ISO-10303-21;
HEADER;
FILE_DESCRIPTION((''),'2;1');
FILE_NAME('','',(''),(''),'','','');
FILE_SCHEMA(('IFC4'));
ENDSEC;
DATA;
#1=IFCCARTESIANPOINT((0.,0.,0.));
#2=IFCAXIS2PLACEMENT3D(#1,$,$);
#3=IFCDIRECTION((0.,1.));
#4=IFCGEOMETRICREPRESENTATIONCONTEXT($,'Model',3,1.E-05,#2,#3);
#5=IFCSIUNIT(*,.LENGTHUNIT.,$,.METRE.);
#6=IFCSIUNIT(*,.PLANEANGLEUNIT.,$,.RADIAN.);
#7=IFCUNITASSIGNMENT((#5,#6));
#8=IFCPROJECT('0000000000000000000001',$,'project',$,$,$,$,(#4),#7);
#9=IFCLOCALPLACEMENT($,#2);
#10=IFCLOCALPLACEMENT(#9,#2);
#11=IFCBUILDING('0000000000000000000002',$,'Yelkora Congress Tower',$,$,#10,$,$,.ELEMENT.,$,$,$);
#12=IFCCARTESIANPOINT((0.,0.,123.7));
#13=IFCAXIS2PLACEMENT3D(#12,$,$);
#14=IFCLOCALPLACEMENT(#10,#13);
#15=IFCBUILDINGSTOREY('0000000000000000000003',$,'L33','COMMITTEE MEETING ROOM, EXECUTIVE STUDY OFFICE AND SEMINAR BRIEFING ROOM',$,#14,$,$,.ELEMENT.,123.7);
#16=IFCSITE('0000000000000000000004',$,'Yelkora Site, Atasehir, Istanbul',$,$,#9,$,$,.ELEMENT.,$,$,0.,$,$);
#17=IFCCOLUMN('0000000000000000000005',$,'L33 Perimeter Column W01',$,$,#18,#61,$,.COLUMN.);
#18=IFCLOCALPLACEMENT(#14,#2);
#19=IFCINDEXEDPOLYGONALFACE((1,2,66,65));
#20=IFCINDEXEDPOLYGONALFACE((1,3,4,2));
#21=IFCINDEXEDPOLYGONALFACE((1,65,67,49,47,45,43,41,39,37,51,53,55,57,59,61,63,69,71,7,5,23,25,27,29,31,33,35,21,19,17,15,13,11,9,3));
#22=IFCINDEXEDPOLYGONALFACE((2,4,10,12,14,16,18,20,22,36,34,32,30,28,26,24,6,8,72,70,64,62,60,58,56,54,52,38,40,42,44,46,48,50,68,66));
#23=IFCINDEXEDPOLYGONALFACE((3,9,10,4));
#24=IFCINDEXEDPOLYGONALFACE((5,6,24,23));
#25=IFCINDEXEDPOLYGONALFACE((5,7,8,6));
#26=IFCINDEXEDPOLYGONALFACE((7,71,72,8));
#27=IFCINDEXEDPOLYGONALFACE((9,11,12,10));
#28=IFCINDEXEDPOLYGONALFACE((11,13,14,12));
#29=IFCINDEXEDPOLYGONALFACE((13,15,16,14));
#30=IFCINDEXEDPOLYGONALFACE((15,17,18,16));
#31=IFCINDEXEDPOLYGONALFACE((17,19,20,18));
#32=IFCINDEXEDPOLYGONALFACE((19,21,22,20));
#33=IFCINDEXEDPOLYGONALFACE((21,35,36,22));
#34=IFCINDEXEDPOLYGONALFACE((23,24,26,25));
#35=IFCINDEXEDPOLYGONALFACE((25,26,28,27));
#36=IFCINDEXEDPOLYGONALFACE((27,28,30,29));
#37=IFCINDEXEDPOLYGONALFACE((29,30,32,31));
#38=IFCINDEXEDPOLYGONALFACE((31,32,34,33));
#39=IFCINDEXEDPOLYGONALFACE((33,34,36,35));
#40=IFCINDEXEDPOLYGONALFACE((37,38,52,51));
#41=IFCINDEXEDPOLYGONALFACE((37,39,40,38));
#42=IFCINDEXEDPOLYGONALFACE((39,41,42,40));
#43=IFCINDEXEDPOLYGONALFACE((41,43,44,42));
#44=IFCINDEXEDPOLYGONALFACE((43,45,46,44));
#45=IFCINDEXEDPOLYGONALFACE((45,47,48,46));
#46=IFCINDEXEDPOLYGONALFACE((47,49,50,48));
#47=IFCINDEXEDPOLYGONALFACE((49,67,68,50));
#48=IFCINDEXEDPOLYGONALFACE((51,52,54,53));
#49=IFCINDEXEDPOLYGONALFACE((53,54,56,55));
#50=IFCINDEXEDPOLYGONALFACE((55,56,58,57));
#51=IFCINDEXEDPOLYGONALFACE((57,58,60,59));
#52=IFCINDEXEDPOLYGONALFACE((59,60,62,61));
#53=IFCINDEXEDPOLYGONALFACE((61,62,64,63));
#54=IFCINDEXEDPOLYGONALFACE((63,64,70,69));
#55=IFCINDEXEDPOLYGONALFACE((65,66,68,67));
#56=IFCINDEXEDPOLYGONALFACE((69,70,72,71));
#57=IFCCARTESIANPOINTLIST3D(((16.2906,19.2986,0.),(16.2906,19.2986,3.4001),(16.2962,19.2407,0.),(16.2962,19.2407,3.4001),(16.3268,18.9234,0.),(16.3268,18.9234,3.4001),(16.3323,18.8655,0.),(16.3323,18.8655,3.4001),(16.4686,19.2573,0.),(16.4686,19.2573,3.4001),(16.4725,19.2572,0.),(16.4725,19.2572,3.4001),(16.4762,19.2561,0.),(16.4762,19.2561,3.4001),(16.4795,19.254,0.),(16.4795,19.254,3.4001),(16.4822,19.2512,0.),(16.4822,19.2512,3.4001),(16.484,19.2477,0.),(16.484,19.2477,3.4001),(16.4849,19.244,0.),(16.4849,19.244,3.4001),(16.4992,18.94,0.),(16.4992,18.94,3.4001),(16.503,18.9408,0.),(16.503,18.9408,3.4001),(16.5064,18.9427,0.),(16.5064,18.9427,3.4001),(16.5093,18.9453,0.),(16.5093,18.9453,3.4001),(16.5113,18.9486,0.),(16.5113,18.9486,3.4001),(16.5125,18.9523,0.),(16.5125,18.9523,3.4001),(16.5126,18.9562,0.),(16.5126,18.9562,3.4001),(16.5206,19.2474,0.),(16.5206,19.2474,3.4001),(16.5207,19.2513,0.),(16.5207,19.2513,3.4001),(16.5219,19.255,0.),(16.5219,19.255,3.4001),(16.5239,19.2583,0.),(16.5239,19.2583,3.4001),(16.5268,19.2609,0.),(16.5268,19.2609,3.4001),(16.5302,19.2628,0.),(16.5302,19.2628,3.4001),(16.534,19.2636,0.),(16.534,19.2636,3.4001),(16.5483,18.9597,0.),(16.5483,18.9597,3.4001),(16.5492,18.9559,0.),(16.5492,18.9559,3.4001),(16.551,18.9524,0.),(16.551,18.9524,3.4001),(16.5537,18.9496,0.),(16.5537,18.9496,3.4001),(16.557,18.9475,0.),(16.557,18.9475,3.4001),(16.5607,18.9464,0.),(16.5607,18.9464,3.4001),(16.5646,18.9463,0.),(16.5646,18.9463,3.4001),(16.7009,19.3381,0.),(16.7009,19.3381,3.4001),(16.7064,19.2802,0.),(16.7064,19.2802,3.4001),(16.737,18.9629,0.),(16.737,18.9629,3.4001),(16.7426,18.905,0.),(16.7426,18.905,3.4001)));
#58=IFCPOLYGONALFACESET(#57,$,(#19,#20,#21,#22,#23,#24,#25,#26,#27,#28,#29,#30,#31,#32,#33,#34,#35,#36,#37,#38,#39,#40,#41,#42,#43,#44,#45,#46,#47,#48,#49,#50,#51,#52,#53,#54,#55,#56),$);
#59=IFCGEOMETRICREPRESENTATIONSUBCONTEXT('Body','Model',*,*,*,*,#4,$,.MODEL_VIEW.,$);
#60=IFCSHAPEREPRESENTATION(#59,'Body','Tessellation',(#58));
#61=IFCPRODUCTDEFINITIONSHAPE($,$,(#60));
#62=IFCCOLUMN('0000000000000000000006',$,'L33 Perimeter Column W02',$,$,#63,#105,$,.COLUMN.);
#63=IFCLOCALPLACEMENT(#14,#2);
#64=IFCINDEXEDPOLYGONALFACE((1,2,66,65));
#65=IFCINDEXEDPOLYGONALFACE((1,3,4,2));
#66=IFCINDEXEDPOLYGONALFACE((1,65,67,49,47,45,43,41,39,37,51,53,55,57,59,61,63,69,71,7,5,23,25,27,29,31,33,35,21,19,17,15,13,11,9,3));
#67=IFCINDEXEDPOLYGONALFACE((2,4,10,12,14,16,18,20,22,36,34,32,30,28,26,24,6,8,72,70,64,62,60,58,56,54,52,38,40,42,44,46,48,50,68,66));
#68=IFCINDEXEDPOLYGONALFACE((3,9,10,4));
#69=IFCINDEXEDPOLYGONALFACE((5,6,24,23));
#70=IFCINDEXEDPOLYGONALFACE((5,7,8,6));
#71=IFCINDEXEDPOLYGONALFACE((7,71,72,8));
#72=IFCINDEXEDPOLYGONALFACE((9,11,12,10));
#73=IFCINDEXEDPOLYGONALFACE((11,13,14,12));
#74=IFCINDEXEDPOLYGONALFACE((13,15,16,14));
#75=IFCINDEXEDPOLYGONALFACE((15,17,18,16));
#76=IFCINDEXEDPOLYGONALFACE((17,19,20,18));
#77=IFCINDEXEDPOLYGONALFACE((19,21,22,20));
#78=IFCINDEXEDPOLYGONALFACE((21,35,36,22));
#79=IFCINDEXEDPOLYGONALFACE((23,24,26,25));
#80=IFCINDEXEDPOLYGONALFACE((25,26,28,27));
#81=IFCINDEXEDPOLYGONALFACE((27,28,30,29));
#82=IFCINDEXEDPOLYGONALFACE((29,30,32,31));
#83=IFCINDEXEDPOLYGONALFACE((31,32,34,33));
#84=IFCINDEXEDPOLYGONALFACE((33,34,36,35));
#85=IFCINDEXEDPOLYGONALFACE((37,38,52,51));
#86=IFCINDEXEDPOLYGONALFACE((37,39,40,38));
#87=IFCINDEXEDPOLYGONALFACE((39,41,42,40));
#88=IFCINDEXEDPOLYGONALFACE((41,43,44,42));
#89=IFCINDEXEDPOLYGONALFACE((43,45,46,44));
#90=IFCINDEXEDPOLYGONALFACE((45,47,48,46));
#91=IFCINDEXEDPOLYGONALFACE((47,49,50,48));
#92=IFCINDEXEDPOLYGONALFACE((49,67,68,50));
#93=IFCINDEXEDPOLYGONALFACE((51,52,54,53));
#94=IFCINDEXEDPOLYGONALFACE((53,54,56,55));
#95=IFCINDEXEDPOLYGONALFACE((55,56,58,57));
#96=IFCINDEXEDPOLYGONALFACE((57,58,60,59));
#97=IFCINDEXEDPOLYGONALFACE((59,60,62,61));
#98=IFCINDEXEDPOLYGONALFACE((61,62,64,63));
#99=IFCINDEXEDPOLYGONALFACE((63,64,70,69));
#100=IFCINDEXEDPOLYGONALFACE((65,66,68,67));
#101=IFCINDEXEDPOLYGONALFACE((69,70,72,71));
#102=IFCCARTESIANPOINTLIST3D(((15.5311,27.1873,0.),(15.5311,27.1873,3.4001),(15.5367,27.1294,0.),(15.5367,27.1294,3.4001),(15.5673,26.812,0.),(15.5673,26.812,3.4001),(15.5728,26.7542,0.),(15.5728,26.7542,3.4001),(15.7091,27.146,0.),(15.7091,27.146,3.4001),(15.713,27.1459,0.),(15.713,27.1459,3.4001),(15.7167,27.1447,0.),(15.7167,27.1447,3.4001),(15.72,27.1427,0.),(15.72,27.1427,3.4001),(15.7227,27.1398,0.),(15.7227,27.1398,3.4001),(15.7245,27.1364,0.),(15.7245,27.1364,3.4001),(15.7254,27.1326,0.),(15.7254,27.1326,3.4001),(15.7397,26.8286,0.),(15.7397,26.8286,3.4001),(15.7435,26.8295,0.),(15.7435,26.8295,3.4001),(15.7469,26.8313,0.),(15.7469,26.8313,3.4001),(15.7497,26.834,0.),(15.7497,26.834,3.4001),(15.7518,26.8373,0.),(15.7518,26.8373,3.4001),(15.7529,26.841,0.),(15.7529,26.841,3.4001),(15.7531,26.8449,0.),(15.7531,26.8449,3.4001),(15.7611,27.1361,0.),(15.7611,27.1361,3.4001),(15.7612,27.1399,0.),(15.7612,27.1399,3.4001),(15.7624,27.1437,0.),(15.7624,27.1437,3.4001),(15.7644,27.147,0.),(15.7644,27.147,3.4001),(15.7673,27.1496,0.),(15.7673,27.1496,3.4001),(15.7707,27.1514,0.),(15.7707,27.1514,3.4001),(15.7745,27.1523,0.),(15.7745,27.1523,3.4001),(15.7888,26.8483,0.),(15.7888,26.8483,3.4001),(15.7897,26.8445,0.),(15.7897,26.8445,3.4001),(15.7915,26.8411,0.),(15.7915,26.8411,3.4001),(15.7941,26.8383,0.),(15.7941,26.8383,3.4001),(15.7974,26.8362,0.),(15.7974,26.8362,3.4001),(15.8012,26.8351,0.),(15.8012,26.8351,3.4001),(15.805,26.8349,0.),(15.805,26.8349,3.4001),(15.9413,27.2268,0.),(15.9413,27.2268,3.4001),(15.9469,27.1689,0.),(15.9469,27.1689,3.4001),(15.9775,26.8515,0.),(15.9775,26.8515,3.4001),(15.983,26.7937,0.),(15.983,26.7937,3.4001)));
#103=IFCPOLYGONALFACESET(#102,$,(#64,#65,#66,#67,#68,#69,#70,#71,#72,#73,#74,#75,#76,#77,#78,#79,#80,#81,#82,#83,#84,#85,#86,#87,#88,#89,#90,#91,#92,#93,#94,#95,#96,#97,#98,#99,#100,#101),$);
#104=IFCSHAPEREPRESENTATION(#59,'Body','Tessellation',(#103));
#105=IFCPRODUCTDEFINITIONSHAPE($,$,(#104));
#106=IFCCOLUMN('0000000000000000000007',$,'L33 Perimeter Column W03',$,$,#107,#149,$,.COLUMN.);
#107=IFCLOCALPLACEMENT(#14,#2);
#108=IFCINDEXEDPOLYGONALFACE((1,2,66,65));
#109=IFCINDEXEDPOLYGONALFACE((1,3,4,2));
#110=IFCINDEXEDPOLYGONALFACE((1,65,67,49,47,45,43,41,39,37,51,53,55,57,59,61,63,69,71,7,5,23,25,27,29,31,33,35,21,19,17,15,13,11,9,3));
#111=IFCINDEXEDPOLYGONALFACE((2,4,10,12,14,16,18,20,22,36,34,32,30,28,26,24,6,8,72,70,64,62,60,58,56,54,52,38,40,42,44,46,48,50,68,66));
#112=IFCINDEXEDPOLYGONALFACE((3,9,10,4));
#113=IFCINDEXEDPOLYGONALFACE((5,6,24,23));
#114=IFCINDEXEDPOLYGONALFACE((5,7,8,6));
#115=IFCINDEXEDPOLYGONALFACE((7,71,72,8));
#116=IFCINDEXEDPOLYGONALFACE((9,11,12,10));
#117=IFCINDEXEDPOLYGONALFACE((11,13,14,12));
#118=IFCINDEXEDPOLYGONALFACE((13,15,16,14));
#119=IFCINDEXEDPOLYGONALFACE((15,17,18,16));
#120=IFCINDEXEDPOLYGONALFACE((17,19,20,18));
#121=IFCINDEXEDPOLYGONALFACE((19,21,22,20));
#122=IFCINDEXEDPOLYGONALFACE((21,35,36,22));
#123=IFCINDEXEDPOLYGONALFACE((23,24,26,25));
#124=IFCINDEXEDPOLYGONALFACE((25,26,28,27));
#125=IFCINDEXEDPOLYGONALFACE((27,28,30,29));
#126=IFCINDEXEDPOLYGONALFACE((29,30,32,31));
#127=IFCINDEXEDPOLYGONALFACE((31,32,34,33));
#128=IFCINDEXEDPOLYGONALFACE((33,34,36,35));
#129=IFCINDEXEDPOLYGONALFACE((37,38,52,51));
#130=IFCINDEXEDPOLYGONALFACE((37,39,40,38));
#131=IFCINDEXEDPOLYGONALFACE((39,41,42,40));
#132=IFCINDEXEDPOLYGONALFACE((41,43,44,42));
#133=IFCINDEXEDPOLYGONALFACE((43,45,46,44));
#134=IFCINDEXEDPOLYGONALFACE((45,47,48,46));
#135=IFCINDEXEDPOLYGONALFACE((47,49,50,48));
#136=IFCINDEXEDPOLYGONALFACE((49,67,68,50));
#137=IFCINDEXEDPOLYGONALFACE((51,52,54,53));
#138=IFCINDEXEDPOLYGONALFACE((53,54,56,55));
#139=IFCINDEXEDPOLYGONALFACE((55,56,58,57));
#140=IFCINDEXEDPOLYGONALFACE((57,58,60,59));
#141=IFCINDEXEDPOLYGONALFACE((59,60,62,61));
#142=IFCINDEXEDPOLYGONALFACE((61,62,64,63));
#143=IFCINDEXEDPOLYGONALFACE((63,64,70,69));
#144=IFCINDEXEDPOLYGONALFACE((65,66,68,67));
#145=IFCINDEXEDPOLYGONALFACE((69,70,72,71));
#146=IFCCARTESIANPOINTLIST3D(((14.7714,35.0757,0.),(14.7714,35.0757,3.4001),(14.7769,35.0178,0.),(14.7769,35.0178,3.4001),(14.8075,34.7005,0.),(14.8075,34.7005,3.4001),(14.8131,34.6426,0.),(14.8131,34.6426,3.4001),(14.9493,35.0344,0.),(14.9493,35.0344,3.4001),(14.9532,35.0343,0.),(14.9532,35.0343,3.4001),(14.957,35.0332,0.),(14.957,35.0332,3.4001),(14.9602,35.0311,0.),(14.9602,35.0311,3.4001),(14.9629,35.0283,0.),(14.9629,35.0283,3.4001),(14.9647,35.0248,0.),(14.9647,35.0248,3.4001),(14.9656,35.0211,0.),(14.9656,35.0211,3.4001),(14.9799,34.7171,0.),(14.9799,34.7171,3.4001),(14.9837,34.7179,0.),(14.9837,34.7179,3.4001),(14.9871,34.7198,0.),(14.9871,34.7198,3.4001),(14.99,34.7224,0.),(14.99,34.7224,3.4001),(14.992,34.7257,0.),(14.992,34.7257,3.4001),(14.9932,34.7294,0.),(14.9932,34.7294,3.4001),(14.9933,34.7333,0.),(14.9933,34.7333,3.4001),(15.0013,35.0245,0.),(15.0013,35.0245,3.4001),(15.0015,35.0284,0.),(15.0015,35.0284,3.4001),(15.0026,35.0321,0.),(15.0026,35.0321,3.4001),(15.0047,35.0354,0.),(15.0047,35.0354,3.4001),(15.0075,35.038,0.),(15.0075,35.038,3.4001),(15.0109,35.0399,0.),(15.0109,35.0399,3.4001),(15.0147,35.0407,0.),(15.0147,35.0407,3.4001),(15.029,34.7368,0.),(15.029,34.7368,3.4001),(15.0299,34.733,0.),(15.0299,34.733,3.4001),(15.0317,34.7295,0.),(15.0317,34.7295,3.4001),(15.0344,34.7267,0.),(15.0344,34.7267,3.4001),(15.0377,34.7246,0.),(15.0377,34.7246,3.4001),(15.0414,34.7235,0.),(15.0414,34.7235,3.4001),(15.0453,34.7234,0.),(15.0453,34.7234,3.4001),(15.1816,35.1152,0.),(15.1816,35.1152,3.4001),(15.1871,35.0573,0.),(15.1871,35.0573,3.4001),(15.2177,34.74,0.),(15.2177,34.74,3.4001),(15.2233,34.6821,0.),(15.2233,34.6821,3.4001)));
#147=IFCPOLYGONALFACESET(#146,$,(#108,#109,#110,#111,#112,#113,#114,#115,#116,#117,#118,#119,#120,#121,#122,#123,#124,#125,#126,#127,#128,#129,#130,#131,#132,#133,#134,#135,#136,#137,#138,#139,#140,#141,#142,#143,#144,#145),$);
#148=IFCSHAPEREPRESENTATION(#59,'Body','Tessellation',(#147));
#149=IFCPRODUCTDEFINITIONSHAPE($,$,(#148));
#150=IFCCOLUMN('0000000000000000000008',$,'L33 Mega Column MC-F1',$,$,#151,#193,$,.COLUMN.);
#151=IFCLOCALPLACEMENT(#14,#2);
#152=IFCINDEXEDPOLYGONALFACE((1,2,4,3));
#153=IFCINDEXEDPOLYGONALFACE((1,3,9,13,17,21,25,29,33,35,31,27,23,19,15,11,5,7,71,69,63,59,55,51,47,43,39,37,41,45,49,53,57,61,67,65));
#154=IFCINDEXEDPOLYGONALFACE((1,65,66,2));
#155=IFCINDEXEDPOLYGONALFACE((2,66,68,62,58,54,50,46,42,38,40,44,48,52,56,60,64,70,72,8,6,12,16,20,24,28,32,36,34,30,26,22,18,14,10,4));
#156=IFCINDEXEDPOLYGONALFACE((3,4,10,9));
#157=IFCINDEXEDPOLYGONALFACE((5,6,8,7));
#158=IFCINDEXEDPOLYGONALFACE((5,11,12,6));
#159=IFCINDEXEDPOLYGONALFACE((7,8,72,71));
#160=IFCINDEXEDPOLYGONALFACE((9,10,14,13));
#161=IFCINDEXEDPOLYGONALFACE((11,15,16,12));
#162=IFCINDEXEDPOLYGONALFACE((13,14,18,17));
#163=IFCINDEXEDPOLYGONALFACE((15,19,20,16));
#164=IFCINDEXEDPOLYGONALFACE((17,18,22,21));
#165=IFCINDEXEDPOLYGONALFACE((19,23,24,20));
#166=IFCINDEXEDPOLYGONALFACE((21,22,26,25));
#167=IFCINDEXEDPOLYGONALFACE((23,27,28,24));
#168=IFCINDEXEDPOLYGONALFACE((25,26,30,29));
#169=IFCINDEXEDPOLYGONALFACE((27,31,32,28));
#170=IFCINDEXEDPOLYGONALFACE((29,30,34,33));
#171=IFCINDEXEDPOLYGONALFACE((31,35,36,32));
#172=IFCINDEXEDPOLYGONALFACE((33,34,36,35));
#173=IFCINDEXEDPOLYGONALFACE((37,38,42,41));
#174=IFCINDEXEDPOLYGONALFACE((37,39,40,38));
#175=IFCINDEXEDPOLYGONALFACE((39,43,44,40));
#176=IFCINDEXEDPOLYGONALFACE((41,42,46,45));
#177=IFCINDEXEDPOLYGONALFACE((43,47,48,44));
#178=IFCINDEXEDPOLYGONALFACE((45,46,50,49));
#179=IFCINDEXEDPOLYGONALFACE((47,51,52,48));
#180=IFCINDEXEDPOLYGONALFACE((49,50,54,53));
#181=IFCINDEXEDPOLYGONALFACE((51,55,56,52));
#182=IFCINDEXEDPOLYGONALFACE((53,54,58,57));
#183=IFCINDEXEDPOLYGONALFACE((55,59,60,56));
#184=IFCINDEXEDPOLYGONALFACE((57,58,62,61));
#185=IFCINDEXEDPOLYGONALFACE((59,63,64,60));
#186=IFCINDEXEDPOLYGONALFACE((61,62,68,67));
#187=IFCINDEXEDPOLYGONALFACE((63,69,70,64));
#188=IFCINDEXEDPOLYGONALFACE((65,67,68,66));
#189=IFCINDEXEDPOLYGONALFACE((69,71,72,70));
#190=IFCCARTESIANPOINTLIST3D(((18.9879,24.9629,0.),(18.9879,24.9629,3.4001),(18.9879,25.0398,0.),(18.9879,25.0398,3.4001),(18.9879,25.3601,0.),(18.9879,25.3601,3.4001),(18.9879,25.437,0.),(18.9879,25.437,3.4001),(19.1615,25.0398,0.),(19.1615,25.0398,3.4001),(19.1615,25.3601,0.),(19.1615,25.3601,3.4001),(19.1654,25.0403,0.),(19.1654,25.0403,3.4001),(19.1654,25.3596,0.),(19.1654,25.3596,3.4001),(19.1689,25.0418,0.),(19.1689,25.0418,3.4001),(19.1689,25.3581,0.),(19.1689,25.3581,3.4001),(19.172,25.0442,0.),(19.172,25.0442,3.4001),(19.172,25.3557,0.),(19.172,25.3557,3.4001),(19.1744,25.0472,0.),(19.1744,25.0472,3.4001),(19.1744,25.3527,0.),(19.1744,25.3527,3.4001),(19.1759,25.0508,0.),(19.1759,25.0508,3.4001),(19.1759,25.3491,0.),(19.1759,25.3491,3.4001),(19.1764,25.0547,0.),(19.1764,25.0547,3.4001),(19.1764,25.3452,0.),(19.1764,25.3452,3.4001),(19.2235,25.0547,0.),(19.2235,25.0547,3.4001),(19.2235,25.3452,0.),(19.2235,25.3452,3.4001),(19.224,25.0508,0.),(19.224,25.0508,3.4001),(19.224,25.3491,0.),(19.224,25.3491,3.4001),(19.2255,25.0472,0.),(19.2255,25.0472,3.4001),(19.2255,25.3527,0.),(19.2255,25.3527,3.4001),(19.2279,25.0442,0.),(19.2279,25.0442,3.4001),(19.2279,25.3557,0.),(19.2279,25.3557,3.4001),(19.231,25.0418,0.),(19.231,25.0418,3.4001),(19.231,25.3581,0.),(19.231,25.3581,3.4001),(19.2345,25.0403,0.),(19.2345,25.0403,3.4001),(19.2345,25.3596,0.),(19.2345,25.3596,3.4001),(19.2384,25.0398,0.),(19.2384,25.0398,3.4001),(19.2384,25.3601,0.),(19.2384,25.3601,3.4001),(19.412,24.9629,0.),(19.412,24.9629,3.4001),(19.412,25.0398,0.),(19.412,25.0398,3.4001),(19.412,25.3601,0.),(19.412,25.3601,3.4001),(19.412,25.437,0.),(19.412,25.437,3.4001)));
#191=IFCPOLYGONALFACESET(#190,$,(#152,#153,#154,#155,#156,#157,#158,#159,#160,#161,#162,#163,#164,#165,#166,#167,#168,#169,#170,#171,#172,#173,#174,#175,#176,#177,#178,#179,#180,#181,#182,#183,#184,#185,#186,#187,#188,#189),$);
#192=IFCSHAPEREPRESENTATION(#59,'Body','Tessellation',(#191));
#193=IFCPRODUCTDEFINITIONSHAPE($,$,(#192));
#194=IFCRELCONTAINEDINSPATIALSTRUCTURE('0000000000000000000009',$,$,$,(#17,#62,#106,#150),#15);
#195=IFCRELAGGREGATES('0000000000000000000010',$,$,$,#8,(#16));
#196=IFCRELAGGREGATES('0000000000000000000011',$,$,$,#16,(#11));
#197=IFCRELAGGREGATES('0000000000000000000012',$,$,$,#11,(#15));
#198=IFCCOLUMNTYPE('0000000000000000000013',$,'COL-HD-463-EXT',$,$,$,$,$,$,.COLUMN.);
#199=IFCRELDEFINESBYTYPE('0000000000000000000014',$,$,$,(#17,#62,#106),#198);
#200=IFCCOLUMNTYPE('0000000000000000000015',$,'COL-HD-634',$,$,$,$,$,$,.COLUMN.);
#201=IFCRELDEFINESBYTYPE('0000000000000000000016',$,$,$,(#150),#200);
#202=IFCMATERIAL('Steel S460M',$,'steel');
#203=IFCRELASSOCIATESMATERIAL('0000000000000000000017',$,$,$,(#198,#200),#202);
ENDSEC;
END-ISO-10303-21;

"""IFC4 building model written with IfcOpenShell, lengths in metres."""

from ifc_helpers import new_model, si_unit, direction, frame, origin, origin_2d, place, context, subcontext, project, spatial, i_section, extrude, material, material_profile, profile_set, type_object, element, save


model = new_model("IFC4")

# Units and contexts
model_context = context("Model", 3, precision=1e-05, world=origin(), true_north=direction((0.0, 1.0)))
body_context = subcontext(model_context, "Body", "Model", "MODEL_VIEW")
ifc_project = project(units=[si_unit("LENGTHUNIT", "METRE"), si_unit("PLANEANGLEUNIT", "RADIAN")], contexts=[model_context])

# Site, building, storey
site_placement = place(None, origin())
site = spatial("IfcSite", under=ifc_project, at=site_placement, Name="Yelkora Site, Atasehir, Istanbul", CompositionType="ELEMENT", RefElevation=0.0)
building_placement = place(site_placement, origin())
building = spatial("IfcBuilding", under=site, at=building_placement, Name="Yelkora Congress Tower", CompositionType="ELEMENT")
storey_placement = place(building_placement, frame((0.0, 0.0, 123.7)))
storey = spatial("IfcBuildingStorey", under=building, at=storey_placement, Name="L33", Description="COMMITTEE MEETING ROOM, EXECUTIVE STUDY OFFICE AND SEMINAR BRIEFING ROOM", CompositionType="ELEMENT", Elevation=123.7)

# Columns
ifc_material_1 = material(Name="Steel S460M", Category="steel")
ifc_material_profile_1 = material_profile(ifc_material_1, i_section(OverallWidth=0.4121, OverallDepth=0.4351, WebThickness=0.0359, FlangeThickness=0.0581, FilletRadius=0.0149, at=origin_2d()), Name="HD 400x463")
ifc_profile_set_1 = profile_set([ifc_material_profile_1], Name="Steel S460M")
column_type_1 = type_object("IfcColumnType", Name="COL-HD-463-EXT", PredefinedType="COLUMN", material=ifc_profile_set_1)
for number, where, z_axis, x_axis, name in (
    (1, (16.5166, 19.1018, 0.0), (0.0, 0.0, 1.0), (0.995396, 0.095846, 0.0), "L33 Perimeter Column W01"),
    (2, (15.7571, 26.9905, 0.0), (0.0, 0.0, 1.0), (0.995396, 0.095846, 0.0), "L33 Perimeter Column W02"),
    (3, (14.9973, 34.8789, 0.0), (0.0, 0.0, 1.0), (0.995396, 0.095846, 0.0), "L33 Perimeter Column W03"),
):
    element("IfcColumn", number, at=place(storey_placement, frame(where, z_axis=z_axis, x_axis=x_axis)), inside=storey, type_object=column_type_1, Name=name, PredefinedType="COLUMN", context=body_context, shape_type="SweptSolid", body=[
        extrude(i_section(OverallWidth=0.4121, OverallDepth=0.4351, WebThickness=0.0359, FlangeThickness=0.0581, FilletRadius=0.0149, at=origin_2d()), origin(), (0.0, 0.0, 1.0), 3.4001),
    ])
ifc_material_profile_2 = material_profile(ifc_material_1, i_section(OverallWidth=0.4241, OverallDepth=0.4741, WebThickness=0.0471, FlangeThickness=0.0769, FilletRadius=0.0149, at=origin_2d()), Name="HD 400x634")
ifc_profile_set_2 = profile_set([ifc_material_profile_2], Name="Steel S460M")
column_type_2 = type_object("IfcColumnType", Name="COL-HD-634", PredefinedType="COLUMN", material=ifc_profile_set_2)
column_placement = place(storey_placement, frame((19.2, 25.2, 0.0), z_axis=(0.0, 0.0, 1.0), x_axis=(1.0, 0.0, 0.0)))
element("IfcColumn", 4, at=column_placement, inside=storey, type_object=column_type_2, Name="L33 Mega Column MC-F1", PredefinedType="COLUMN", context=body_context, shape_type="SweptSolid", body=[
    extrude(i_section(OverallWidth=0.4241, OverallDepth=0.4741, WebThickness=0.0471, FlangeThickness=0.0769, FilletRadius=0.0149, at=origin_2d()), origin(), (0.0, 0.0, 1.0), 3.4001),
])

save(model, "model.ifc")
